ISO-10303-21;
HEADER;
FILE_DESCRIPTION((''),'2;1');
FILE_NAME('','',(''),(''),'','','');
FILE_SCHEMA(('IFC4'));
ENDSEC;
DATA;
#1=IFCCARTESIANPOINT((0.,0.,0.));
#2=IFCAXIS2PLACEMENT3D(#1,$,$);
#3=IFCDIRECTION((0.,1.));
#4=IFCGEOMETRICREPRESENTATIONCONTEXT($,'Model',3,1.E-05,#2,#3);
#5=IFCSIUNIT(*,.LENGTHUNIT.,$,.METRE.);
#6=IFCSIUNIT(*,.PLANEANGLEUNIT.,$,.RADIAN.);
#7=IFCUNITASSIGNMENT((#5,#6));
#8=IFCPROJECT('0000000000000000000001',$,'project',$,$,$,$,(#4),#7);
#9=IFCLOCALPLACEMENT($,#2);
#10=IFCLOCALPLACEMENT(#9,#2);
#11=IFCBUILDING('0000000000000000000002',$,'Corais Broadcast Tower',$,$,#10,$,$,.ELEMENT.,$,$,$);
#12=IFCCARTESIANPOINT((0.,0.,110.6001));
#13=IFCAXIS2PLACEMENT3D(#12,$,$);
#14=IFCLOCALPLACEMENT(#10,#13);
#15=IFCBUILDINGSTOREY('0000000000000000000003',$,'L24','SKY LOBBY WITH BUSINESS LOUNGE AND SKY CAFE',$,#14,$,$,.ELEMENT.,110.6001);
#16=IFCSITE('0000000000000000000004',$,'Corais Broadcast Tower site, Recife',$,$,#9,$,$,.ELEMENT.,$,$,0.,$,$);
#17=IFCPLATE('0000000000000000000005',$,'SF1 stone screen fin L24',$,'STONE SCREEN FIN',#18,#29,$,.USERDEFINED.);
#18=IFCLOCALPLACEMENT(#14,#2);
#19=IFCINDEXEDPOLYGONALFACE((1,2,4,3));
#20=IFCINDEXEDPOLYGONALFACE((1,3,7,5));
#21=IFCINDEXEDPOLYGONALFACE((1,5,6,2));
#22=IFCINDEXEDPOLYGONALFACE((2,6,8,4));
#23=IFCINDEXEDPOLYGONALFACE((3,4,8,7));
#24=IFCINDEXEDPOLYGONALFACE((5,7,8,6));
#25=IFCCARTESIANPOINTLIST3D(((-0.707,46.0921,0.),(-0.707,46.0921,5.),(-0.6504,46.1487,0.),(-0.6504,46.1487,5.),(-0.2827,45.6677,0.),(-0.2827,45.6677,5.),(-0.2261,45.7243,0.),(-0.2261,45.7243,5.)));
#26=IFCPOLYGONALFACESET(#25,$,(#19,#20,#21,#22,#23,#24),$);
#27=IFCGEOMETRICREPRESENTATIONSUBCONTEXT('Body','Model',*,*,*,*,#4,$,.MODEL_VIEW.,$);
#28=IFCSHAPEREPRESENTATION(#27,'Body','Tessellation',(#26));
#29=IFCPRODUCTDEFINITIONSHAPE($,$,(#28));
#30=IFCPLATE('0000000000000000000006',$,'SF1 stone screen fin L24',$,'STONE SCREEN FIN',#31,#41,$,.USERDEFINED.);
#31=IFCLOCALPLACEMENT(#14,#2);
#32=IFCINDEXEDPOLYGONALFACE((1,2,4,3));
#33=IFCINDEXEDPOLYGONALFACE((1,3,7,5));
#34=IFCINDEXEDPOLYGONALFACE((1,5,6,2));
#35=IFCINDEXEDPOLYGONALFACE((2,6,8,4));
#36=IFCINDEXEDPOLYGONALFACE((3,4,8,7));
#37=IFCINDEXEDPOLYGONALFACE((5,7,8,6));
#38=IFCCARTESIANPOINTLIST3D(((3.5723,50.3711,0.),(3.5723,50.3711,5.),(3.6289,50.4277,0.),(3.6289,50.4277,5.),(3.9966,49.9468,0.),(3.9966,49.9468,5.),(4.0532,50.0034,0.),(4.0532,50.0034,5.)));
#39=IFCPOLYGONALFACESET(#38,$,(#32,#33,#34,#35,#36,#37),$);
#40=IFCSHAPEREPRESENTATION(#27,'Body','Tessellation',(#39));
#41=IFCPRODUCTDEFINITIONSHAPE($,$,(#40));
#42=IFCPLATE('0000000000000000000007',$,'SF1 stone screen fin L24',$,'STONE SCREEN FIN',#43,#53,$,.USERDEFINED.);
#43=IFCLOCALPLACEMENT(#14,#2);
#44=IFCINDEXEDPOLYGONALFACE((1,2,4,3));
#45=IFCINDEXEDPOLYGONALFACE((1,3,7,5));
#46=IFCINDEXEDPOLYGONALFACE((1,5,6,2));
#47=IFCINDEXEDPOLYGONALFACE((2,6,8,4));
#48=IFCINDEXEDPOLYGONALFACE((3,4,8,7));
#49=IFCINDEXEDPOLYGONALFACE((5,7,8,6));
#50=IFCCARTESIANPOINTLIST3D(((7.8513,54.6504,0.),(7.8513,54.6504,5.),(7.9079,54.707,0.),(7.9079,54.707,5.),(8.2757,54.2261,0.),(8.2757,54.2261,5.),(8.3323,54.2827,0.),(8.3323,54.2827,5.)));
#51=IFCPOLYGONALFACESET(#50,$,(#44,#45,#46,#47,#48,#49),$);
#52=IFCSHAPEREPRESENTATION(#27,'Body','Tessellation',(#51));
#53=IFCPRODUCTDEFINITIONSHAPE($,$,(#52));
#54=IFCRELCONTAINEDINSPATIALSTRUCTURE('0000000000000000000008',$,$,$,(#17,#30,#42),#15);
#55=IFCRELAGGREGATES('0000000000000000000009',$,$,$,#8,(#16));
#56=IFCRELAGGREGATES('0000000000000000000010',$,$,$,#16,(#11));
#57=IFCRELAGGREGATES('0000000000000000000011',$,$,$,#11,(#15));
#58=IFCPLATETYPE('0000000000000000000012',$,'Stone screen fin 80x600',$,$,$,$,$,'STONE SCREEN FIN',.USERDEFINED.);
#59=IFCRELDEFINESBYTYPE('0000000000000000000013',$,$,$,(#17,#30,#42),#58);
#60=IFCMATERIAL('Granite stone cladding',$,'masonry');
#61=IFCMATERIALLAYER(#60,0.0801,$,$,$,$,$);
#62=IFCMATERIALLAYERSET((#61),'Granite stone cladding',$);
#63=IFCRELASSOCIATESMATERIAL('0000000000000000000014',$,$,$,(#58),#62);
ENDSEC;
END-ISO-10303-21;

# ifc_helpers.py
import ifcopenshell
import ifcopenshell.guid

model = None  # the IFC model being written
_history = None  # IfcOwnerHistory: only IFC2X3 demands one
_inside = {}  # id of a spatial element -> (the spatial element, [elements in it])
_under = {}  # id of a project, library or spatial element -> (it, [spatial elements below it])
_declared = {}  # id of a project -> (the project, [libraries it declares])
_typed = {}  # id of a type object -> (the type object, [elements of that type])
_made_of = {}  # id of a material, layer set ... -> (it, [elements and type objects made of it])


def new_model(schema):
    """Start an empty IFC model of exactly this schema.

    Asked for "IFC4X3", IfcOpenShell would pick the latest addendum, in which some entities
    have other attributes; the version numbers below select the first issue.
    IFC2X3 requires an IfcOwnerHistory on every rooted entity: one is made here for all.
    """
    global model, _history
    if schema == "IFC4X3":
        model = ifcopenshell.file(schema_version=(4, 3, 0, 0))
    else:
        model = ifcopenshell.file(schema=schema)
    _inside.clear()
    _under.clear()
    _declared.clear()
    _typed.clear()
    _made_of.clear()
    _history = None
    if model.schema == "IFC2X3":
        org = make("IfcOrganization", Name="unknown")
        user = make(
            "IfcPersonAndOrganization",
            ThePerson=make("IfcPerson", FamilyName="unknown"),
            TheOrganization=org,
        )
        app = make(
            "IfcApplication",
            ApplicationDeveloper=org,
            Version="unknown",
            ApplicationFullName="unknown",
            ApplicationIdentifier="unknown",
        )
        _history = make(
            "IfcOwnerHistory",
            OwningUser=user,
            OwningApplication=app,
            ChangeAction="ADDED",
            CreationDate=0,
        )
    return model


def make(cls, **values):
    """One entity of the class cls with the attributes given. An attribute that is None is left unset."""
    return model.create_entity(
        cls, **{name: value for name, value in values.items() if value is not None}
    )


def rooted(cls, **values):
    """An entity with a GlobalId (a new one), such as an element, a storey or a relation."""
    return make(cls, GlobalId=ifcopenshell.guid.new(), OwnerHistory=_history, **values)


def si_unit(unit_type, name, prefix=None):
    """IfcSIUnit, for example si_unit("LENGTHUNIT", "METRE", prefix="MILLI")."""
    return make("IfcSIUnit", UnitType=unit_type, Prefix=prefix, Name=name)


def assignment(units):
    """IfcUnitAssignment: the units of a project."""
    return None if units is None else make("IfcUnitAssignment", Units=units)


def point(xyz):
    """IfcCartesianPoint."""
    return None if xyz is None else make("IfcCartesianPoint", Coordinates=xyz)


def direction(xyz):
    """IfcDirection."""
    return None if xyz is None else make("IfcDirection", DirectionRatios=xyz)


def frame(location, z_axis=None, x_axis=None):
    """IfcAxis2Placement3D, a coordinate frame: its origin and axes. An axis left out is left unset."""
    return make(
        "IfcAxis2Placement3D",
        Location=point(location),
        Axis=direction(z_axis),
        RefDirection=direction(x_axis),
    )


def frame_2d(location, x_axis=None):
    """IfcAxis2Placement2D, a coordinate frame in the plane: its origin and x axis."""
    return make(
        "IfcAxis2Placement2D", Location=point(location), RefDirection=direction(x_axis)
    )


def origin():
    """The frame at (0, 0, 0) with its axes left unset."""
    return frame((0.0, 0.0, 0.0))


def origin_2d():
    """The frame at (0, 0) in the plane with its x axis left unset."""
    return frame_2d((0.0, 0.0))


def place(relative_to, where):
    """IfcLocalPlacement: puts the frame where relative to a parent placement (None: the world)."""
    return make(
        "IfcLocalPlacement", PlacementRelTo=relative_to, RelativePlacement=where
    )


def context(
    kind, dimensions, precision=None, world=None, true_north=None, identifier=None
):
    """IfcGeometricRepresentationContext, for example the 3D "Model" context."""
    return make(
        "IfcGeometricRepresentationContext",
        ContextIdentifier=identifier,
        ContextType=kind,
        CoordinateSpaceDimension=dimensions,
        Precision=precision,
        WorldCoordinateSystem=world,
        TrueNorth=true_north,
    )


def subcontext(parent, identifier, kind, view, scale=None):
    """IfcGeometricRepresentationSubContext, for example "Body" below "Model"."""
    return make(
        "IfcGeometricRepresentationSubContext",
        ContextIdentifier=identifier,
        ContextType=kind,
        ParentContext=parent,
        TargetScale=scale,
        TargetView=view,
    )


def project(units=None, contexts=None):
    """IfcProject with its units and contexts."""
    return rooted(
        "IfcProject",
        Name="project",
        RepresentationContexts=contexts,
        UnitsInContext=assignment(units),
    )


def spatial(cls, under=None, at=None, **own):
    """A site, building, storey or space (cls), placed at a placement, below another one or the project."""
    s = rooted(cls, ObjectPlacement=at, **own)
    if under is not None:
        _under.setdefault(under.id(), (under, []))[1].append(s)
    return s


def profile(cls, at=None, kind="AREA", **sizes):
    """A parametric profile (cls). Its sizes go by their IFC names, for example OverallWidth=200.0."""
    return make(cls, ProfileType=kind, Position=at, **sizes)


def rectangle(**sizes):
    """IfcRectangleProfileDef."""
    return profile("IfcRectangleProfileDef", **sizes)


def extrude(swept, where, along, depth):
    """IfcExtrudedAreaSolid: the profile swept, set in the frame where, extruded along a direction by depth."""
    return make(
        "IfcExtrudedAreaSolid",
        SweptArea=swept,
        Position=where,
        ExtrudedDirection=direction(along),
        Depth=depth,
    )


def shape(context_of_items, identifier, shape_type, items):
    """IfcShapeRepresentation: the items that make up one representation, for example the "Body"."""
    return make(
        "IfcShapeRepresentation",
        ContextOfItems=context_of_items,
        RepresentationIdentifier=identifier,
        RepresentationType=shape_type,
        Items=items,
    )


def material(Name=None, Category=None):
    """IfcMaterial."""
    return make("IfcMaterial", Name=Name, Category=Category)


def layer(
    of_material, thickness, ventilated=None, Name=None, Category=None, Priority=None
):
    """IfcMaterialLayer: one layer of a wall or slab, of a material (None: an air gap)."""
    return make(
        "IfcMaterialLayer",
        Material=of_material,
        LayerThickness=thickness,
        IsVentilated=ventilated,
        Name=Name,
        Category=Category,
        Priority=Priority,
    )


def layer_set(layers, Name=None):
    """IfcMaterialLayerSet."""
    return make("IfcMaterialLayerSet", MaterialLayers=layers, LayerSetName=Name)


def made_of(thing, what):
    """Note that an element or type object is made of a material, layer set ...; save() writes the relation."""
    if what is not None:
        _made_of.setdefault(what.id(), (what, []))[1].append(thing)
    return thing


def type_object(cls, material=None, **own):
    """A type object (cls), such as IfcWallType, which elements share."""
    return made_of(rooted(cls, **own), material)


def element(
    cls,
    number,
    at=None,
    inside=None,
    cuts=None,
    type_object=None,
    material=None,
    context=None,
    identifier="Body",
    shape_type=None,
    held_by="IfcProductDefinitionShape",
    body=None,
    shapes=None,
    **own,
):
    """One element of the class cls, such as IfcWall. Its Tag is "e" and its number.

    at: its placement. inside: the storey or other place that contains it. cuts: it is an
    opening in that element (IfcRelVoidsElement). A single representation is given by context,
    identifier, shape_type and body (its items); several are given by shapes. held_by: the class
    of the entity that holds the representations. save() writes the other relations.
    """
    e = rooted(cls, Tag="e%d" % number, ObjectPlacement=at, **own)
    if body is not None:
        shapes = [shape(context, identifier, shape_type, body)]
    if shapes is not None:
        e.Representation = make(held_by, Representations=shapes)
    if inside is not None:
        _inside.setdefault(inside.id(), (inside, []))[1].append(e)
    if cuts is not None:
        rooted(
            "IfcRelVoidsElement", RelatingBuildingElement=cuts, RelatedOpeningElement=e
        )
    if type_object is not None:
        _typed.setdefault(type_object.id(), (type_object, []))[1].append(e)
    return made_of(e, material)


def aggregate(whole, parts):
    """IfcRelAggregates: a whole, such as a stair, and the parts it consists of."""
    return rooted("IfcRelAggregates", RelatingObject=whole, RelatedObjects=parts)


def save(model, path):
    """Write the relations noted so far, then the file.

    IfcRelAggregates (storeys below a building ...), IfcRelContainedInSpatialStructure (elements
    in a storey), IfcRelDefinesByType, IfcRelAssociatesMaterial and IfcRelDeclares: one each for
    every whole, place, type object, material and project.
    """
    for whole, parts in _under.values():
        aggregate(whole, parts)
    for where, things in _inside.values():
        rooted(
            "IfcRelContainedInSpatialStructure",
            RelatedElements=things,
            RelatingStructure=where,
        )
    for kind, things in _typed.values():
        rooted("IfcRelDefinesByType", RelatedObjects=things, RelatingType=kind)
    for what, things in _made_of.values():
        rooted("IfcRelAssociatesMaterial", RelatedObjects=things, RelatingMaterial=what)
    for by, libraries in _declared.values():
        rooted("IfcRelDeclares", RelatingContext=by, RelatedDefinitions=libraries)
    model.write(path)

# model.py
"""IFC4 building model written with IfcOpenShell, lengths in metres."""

from ifc_helpers import new_model, si_unit, direction, frame, origin, origin_2d, place, context, subcontext, project, spatial, rectangle, extrude, material, layer, layer_set, type_object, element, save


model = new_model("IFC4")

# Units and contexts
model_context = context("Model", 3, precision=1e-05, world=origin(), true_north=direction((0.0, 1.0)))
body_context = subcontext(model_context, "Body", "Model", "MODEL_VIEW")
ifc_project = project(units=[si_unit("LENGTHUNIT", "METRE"), si_unit("PLANEANGLEUNIT", "RADIAN")], contexts=[model_context])

# Site, building, storey
site_placement = place(None, origin())
site = spatial("IfcSite", under=ifc_project, at=site_placement, Name="Corais Broadcast Tower site, Recife", CompositionType="ELEMENT", RefElevation=0.0)
building_placement = place(site_placement, origin())
building = spatial("IfcBuilding", under=site, at=building_placement, Name="Corais Broadcast Tower", CompositionType="ELEMENT")
storey_placement = place(building_placement, frame((0.0, 0.0, 110.6001)))
storey = spatial("IfcBuildingStorey", under=building, at=storey_placement, Name="L24", Description="SKY LOBBY WITH BUSINESS LOUNGE AND SKY CAFE", CompositionType="ELEMENT", Elevation=110.6001)

# Plates
ifc_material_1 = material(Name="Granite stone cladding", Category="masonry")
ifc_layer_1 = layer(ifc_material_1, 0.0801)
ifc_layer_set_1 = layer_set([ifc_layer_1], Name="Granite stone cladding")
plate_type_1 = type_object("IfcPlateType", Name="Stone screen fin 80x600", ElementType="STONE SCREEN FIN", PredefinedType="USERDEFINED", material=ifc_layer_set_1)
for number, where, z_axis, x_axis, name in (
    (1, (-0.4666, 45.9082, 0.0), (0.0, 0.0, 1.0), (0.707107, 0.707107, 0.0), "SF1 stone screen fin L24"),
    (2, (3.8127, 50.1873, 0.0), (0.0, 0.0, 1.0), (0.707107, 0.707107, 0.0), "SF1 stone screen fin L24"),
    (3, (8.0918, 54.4666, 0.0), (0.0, 0.0, 1.0), (0.707107, 0.707107, 0.0), "SF1 stone screen fin L24"),
):
    element("IfcPlate", number, at=place(storey_placement, frame(where, z_axis=z_axis, x_axis=x_axis)), inside=storey, type_object=plate_type_1, Name=name, ObjectType="STONE SCREEN FIN", PredefinedType="USERDEFINED", context=body_context, shape_type="SweptSolid", body=[
        extrude(rectangle(XDim=0.0801, YDim=0.6001, at=origin_2d()), origin(), (0.0, 0.0, 1.0), 5.0),
    ])

save(model, "model.ifc")
